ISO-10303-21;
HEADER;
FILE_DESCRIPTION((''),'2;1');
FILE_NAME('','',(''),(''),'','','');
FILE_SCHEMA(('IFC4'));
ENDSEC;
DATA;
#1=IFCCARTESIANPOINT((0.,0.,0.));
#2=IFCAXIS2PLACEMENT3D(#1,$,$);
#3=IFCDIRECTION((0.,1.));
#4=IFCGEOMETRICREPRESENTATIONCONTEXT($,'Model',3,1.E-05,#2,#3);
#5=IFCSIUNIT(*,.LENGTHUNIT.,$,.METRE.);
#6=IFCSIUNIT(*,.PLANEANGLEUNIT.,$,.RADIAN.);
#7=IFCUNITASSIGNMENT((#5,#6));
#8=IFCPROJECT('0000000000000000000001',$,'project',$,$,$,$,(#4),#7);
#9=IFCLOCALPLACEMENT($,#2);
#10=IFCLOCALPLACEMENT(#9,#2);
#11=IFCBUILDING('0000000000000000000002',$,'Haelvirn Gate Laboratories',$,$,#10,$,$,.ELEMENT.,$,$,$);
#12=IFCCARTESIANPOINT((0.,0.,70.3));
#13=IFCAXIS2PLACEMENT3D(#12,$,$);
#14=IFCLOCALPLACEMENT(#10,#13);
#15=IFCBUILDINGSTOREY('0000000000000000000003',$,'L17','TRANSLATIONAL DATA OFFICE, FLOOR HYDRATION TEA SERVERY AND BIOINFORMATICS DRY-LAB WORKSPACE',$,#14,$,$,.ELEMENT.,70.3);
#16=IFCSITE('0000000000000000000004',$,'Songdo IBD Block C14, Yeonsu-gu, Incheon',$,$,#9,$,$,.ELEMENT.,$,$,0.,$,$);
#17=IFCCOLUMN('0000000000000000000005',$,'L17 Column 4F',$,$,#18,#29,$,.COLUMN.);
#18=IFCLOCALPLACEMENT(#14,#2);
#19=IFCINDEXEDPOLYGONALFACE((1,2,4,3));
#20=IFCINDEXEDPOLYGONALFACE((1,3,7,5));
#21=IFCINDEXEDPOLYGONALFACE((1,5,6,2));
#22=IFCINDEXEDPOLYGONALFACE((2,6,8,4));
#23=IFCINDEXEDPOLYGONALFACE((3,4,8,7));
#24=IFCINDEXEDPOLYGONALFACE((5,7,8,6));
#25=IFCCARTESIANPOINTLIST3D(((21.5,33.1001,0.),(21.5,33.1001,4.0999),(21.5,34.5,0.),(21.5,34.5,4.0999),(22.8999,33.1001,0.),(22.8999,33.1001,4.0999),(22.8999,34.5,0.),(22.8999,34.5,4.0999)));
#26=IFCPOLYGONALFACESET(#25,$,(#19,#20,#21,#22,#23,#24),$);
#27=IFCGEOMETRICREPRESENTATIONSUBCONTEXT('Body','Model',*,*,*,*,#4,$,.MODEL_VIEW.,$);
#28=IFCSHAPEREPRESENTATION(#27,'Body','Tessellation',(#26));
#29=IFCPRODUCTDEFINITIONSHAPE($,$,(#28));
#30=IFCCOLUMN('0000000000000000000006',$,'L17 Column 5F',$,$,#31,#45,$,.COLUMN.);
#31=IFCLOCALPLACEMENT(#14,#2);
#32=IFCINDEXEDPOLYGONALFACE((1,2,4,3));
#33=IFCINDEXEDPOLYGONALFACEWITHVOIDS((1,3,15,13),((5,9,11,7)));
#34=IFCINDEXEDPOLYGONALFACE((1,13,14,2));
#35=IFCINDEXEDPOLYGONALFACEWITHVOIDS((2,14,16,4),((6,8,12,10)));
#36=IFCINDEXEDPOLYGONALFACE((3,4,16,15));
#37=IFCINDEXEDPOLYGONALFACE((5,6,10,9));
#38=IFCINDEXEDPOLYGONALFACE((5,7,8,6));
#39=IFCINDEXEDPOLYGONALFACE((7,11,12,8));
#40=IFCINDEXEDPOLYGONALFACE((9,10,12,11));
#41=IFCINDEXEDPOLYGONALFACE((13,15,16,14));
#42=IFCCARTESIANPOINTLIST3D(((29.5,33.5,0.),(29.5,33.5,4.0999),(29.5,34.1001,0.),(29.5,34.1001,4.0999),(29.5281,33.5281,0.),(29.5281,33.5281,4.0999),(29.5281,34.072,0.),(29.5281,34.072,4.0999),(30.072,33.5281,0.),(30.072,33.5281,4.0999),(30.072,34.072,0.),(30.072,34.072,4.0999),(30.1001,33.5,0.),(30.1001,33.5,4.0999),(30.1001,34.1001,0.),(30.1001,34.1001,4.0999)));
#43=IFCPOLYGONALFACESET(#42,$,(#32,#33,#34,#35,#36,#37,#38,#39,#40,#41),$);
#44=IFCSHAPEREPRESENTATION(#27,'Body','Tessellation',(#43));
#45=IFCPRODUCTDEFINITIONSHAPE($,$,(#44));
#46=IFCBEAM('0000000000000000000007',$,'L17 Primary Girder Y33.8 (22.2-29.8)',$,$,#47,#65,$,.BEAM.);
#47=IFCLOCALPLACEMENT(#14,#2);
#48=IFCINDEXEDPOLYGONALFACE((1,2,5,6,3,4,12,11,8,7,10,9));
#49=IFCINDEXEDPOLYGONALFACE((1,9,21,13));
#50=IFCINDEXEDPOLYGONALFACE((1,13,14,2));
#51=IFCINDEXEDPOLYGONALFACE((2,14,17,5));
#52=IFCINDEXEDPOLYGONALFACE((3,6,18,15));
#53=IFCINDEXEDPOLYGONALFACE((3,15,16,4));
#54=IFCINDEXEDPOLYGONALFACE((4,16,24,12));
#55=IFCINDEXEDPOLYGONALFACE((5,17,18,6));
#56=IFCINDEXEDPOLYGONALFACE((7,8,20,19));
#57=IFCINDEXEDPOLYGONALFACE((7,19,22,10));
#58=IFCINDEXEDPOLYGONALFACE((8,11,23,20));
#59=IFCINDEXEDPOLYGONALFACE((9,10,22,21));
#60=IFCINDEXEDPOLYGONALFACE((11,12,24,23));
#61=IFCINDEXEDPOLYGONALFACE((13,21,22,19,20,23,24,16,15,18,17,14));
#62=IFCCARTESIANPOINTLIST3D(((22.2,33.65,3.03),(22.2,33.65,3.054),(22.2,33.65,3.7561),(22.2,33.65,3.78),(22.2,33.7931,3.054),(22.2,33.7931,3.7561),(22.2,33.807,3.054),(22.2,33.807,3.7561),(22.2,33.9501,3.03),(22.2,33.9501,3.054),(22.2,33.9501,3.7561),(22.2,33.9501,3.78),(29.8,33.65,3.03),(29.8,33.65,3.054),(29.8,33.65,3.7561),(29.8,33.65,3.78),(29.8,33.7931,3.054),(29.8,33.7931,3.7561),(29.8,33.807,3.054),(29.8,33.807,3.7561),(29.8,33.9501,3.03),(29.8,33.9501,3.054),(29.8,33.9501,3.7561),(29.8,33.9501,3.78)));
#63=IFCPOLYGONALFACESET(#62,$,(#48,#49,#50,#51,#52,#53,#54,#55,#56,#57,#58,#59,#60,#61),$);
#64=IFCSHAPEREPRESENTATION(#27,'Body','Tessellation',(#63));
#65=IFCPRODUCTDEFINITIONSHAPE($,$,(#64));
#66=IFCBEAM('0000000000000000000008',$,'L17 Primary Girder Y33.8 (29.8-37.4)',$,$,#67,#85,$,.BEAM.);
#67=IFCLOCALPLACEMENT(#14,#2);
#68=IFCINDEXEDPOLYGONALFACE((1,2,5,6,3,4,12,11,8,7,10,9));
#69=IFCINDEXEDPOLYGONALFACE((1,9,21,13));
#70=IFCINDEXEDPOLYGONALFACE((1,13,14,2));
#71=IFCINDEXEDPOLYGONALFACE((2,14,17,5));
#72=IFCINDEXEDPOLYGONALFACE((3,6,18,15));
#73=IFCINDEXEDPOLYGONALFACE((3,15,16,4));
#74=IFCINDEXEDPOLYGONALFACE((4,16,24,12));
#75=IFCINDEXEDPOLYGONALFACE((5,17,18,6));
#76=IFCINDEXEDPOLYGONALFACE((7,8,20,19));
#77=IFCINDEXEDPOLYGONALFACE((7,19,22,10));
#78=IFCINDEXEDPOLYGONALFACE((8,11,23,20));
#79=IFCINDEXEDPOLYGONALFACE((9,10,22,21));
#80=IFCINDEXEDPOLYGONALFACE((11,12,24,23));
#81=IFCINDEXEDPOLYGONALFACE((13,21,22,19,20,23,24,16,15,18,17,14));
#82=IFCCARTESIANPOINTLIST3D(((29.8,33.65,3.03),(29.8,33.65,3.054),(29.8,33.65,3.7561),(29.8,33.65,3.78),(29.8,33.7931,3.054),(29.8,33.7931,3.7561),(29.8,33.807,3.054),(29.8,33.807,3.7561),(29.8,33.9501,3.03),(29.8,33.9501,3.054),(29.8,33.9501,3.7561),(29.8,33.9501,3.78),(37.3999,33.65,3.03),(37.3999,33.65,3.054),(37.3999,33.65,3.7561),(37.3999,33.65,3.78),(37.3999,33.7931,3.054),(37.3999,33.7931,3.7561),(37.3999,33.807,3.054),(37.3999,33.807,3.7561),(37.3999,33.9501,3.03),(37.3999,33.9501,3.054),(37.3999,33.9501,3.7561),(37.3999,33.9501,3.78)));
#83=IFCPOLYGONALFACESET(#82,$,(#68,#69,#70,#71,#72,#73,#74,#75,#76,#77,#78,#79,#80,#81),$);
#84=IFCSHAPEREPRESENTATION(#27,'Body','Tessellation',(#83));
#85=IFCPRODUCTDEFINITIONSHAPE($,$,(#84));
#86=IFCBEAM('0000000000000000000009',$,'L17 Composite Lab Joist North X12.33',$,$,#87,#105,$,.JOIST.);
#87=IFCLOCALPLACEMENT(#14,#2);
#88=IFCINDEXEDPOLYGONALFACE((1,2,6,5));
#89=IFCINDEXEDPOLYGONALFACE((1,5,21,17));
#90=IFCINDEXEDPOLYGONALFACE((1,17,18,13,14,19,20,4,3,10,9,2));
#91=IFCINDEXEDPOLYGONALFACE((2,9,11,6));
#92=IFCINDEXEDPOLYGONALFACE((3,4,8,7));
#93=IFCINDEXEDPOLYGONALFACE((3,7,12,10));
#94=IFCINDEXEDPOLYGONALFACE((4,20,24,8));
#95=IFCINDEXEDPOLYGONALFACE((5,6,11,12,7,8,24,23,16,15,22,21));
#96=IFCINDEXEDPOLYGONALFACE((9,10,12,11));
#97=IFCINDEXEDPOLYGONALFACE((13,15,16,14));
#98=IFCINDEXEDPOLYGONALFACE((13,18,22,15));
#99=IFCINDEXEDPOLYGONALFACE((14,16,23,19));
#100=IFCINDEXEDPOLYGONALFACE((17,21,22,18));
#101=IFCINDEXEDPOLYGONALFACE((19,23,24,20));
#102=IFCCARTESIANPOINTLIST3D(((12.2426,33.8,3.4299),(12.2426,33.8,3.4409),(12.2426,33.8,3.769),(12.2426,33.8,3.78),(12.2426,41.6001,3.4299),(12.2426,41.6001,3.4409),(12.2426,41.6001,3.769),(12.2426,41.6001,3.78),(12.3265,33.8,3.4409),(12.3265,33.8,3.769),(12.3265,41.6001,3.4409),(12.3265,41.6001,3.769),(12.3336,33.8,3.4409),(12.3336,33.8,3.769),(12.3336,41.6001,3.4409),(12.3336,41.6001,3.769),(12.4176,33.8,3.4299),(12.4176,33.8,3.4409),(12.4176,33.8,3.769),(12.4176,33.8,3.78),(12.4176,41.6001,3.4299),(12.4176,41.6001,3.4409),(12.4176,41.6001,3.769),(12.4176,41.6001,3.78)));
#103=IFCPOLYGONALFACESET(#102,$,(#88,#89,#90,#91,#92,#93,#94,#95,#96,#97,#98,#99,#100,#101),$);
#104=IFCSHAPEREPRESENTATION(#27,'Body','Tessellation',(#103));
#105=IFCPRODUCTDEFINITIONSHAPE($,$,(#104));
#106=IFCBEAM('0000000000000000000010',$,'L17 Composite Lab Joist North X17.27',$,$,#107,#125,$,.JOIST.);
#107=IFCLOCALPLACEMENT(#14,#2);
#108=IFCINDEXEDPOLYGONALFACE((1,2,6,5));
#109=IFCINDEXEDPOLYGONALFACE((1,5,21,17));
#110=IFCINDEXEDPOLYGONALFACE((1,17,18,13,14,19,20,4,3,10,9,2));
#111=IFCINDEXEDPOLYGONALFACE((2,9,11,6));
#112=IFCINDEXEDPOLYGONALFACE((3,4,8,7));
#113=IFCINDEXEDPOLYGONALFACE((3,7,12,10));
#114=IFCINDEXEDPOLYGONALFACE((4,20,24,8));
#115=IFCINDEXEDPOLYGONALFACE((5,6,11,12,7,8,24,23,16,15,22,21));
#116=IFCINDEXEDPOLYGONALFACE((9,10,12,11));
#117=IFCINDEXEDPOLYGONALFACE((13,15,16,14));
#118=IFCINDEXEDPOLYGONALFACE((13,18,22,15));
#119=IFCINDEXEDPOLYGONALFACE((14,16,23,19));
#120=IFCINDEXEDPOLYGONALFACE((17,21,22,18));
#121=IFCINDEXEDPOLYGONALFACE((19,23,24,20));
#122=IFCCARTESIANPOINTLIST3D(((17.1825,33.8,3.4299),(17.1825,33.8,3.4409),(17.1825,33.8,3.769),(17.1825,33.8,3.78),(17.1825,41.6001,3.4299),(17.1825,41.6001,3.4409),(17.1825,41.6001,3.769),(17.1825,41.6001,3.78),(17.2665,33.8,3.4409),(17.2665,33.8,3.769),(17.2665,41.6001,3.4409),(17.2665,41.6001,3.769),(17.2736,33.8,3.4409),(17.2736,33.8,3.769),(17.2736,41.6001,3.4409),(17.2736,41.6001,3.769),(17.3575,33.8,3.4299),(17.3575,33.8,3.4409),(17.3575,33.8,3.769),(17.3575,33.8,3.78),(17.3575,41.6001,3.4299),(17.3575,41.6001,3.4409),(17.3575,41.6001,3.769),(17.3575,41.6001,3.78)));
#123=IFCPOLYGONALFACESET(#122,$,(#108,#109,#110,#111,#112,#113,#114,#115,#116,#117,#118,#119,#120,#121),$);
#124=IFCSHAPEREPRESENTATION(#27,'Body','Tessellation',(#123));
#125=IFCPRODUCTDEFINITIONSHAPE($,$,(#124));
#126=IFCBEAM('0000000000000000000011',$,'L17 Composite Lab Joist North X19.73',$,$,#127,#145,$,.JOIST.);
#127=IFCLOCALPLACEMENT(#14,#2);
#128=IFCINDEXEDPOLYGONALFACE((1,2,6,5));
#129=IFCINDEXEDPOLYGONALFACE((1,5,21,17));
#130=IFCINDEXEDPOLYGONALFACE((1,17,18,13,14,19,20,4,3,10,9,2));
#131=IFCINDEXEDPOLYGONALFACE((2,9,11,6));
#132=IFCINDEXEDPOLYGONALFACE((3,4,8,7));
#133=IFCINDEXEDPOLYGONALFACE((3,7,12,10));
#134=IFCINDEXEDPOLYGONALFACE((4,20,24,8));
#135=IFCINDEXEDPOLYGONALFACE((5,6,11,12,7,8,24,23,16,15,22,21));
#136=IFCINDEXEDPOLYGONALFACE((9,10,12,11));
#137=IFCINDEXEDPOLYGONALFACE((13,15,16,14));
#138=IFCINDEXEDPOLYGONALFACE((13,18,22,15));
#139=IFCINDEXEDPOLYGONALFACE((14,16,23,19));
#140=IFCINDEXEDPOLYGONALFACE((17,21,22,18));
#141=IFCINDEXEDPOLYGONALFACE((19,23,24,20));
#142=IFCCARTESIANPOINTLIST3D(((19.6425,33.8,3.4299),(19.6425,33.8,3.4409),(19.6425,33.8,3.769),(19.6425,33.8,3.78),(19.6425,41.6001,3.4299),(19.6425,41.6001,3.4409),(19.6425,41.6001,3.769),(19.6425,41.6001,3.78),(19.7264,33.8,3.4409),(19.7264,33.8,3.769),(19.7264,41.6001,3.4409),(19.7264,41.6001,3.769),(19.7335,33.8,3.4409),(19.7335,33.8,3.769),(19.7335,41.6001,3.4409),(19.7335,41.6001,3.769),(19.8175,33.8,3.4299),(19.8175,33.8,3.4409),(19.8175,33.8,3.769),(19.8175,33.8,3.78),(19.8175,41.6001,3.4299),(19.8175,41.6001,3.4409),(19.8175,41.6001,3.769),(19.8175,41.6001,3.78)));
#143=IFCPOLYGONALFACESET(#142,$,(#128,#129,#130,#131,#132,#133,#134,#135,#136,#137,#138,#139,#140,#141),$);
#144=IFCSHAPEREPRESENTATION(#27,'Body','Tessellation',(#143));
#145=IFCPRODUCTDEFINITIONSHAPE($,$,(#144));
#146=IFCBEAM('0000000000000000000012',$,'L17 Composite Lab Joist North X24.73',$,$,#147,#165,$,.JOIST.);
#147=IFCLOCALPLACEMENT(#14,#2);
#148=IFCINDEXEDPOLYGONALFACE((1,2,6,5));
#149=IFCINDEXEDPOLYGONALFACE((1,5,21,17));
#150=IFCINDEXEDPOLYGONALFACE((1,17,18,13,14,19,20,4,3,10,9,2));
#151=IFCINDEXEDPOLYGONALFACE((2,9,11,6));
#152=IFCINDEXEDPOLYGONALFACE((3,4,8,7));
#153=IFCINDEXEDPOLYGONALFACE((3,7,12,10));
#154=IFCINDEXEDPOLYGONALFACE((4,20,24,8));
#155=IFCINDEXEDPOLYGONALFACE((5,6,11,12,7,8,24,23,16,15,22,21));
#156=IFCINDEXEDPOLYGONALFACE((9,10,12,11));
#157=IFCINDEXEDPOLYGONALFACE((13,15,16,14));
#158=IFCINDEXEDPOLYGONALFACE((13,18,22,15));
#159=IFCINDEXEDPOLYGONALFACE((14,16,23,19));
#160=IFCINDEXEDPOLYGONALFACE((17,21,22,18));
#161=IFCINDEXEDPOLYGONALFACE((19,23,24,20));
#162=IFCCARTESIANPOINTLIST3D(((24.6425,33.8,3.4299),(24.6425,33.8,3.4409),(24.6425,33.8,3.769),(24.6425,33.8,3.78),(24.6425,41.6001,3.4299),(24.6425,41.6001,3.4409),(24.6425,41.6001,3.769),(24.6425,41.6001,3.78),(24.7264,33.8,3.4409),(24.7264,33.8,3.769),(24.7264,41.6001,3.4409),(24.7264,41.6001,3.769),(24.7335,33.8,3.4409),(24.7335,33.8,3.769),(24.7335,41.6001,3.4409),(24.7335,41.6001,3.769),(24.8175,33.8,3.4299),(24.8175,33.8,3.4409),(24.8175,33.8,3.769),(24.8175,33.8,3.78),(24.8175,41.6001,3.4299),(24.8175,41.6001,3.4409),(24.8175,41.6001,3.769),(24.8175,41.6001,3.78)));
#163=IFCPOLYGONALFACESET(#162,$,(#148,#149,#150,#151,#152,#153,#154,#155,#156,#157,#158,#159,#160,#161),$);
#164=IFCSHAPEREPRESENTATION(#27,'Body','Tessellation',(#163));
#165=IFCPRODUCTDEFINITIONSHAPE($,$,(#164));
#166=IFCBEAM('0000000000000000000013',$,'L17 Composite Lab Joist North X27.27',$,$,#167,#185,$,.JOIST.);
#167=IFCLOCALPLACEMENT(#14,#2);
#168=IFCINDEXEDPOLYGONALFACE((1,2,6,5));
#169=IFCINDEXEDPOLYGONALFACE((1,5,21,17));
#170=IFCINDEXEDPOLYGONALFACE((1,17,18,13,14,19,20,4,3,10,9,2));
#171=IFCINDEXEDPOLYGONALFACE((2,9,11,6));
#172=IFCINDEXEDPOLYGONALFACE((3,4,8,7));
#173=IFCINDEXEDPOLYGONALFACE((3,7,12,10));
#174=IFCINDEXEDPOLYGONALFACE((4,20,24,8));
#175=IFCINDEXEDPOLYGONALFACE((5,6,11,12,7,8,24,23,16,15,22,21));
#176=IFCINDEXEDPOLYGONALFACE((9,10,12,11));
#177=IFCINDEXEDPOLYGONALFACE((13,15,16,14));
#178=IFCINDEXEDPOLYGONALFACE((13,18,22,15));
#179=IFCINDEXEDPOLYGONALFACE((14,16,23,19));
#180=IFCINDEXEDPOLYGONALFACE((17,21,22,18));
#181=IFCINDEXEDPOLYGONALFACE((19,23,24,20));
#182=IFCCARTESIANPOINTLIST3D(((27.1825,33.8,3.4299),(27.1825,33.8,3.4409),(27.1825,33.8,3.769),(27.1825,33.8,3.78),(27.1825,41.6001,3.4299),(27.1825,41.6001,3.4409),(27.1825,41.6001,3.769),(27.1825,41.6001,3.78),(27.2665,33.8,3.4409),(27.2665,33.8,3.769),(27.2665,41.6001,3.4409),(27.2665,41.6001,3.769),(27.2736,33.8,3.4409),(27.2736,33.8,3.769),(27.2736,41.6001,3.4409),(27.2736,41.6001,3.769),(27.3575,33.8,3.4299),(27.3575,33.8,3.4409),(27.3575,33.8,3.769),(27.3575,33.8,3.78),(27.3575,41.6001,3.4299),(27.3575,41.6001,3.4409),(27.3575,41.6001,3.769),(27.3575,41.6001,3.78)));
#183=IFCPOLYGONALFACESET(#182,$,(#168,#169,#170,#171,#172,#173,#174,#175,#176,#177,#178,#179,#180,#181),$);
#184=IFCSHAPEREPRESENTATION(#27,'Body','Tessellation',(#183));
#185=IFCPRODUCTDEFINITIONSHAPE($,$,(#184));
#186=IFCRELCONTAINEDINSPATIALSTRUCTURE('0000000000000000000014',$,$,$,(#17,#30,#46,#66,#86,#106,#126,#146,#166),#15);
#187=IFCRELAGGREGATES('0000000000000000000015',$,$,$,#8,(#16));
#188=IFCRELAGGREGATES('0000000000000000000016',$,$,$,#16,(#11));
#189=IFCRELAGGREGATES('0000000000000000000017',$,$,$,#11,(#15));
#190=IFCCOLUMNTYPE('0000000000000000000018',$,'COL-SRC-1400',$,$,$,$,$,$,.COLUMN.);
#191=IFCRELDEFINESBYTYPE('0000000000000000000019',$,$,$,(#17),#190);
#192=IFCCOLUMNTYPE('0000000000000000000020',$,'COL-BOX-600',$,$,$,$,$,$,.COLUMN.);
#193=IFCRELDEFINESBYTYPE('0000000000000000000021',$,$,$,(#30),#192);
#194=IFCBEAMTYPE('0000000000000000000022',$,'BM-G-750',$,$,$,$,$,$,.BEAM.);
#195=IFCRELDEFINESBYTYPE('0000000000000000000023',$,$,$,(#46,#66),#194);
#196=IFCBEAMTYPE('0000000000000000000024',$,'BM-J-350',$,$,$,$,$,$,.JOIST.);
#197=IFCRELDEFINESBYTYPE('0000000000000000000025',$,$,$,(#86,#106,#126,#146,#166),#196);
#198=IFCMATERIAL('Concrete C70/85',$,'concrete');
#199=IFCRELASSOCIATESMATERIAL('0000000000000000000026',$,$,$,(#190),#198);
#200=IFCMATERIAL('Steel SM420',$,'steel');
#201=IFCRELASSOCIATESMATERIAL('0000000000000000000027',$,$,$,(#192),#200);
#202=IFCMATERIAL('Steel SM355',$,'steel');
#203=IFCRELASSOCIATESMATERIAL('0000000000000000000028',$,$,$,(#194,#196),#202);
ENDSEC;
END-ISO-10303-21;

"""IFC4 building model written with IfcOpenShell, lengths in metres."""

from ifc_helpers import new_model, si_unit, direction, frame, origin, origin_2d, place, context, subcontext, project, spatial, rectangle, hollow_rectangle, i_section, extrude, source, transform, mapped, material, material_profile, profile_set, type_object, type_shapes, element, save


model = new_model("IFC4")

# Units and contexts
model_context = context("Model", 3, precision=1e-05, world=origin(), true_north=direction((0.0, 1.0)))
body_context = subcontext(model_context, "Body", "Model", "MODEL_VIEW")
ifc_project = project(units=[si_unit("LENGTHUNIT", "METRE"), si_unit("PLANEANGLEUNIT", "RADIAN")], contexts=[model_context])

# Site, building, storey
site_placement = place(None, origin())
site = spatial("IfcSite", under=ifc_project, at=site_placement, Name="Songdo IBD Block C14, Yeonsu-gu, Incheon", CompositionType="ELEMENT", RefElevation=0.0)
building_placement = place(site_placement, origin())
building = spatial("IfcBuilding", under=site, at=building_placement, Name="Haelvirn Gate Laboratories", CompositionType="ELEMENT")
storey_placement = place(building_placement, frame((0.0, 0.0, 70.3)))
storey = spatial("IfcBuildingStorey", under=building, at=storey_placement, Name="L17", Description="TRANSLATIONAL DATA OFFICE, FLOOR HYDRATION TEA SERVERY AND BIOINFORMATICS DRY-LAB WORKSPACE", CompositionType="ELEMENT", Elevation=70.3)

# Columns
ifc_material_1 = material(Name="Concrete C70/85", Category="concrete")
ifc_material_profile_1 = material_profile(ifc_material_1, rectangle(XDim=1.3999, YDim=1.3999, at=origin_2d()), Name="SRC-1400x1400")
ifc_profile_set_1 = profile_set([ifc_material_profile_1], Name="Concrete C70/85")
column_type_1 = type_object("IfcColumnType", Name="COL-SRC-1400", PredefinedType="COLUMN", material=ifc_profile_set_1)
shared_shape_1 = source(origin(), body_context, "Body", "SweptSolid", [
    extrude(rectangle(XDim=1.3999, YDim=1.3999, at=origin_2d()), origin(), (0.0, 0.0, 1.0), 4.0999),
])
type_shapes(column_type_1, [shared_shape_1])
column_1_placement = place(storey_placement, frame((22.2, 33.8, 0.0), z_axis=(0.0, 0.0, 1.0), x_axis=(1.0, 0.0, 0.0)))
element("IfcColumn", 1, at=column_1_placement, inside=storey, type_object=column_type_1, Name="L17 Column 4F", PredefinedType="COLUMN", context=body_context, shape_type="MappedRepresentation", body=[
    mapped(shared_shape_1, transform((0.0, 0.0, 0.0), scale=1.0)),
])
ifc_material_2 = material(Name="Steel SM420", Category="steel")
ifc_material_profile_2 = material_profile(ifc_material_2, hollow_rectangle(XDim=0.6001, YDim=0.6001, WallThickness=0.0281, at=origin_2d()), Name="BOX-600x600x28")
ifc_profile_set_2 = profile_set([ifc_material_profile_2], Name="Steel SM420")
column_type_2 = type_object("IfcColumnType", Name="COL-BOX-600", PredefinedType="COLUMN", material=ifc_profile_set_2)
shared_shape_2 = source(origin(), body_context, "Body", "SweptSolid", [
    extrude(hollow_rectangle(XDim=0.6001, YDim=0.6001, WallThickness=0.0281, at=origin_2d()), origin(), (0.0, 0.0, 1.0), 4.0999),
])
type_shapes(column_type_2, [shared_shape_2])
column_2_placement = place(storey_placement, frame((29.8, 33.8, 0.0), z_axis=(0.0, 0.0, 1.0), x_axis=(1.0, 0.0, 0.0)))
element("IfcColumn", 2, at=column_2_placement, inside=storey, type_object=column_type_2, Name="L17 Column 5F", PredefinedType="COLUMN", context=body_context, shape_type="MappedRepresentation", body=[
    mapped(shared_shape_2, transform((0.0, 0.0, 0.0), scale=1.0)),
])

# Beams
ifc_material_3 = material(Name="Steel SM355", Category="steel")
ifc_material_profile_3 = material_profile(ifc_material_3, i_section(OverallWidth=0.3, OverallDepth=0.75, WebThickness=0.0139, FlangeThickness=0.0239, at=origin_2d()), Name="H-750x300x14x24")
ifc_profile_set_3 = profile_set([ifc_material_profile_3], Name="Steel SM355")
beam_type_1 = type_object("IfcBeamType", Name="BM-G-750", PredefinedType="BEAM", material=ifc_profile_set_3)
shared_shape_3 = source(origin(), body_context, "Body", "SweptSolid", [
    extrude(i_section(OverallWidth=0.3, OverallDepth=0.75, WebThickness=0.0139, FlangeThickness=0.0239, at=origin_2d()), origin(), (0.0, 0.0, 1.0), 7.6001),
])
beam_1_placement = place(storey_placement, frame((22.2, 33.8, 3.405), z_axis=(1.0, 0.0, 0.0), x_axis=(0.0, 1.0, 0.0)))
element("IfcBeam", 3, at=beam_1_placement, inside=storey, type_object=beam_type_1, Name="L17 Primary Girder Y33.8 (22.2-29.8)", PredefinedType="BEAM", context=body_context, shape_type="MappedRepresentation", body=[
    mapped(shared_shape_3, transform((0.0, 0.0, 0.0), scale=1.0)),
])
shared_shape_4 = source(origin(), body_context, "Body", "SweptSolid", [
    extrude(i_section(OverallWidth=0.3, OverallDepth=0.75, WebThickness=0.0139, FlangeThickness=0.0239, at=origin_2d()), origin(), (0.0, 0.0, 1.0), 7.5999),
])
type_shapes(beam_type_1, [shared_shape_3, shared_shape_4])
beam_2_placement = place(storey_placement, frame((29.8, 33.8, 3.405), z_axis=(1.0, 0.0, 0.0), x_axis=(0.0, 1.0, 0.0)))
element("IfcBeam", 4, at=beam_2_placement, inside=storey, type_object=beam_type_1, Name="L17 Primary Girder Y33.8 (29.8-37.4)", PredefinedType="BEAM", context=body_context, shape_type="MappedRepresentation", body=[
    mapped(shared_shape_4, transform((0.0, 0.0, 0.0), scale=1.0)),
])
ifc_material_profile_4 = material_profile(ifc_material_3, i_section(OverallWidth=0.175, OverallDepth=0.3501, WebThickness=0.0071, FlangeThickness=0.011, at=origin_2d()), Name="H-350x175x7x11")
ifc_profile_set_4 = profile_set([ifc_material_profile_4], Name="Steel SM355")
beam_type_2 = type_object("IfcBeamType", Name="BM-J-350", PredefinedType="JOIST", material=ifc_profile_set_4)
shared_shape_5 = source(origin(), body_context, "Body", "SweptSolid", [
    extrude(i_section(OverallWidth=0.175, OverallDepth=0.3501, WebThickness=0.0071, FlangeThickness=0.011, at=origin_2d()), origin(), (0.0, 0.0, 1.0), 7.8),
])
type_shapes(beam_type_2, [shared_shape_5])
for number, where, z_axis, x_axis, name in (
    (5, (12.3301, 33.8, 3.605), (0.0, 1.0, 0.0), (-1.0, 0.0, 0.0), "L17 Composite Lab Joist North X12.33"),
    (6, (17.27, 33.8, 3.605), (0.0, 1.0, 0.0), (-1.0, 0.0, 0.0), "L17 Composite Lab Joist North X17.27"),
    (7, (19.73, 33.8, 3.605), (0.0, 1.0, 0.0), (-1.0, 0.0, 0.0), "L17 Composite Lab Joist North X19.73"),
    (8, (24.73, 33.8, 3.605), (0.0, 1.0, 0.0), (-1.0, 0.0, 0.0), "L17 Composite Lab Joist North X24.73"),
    (9, (27.27, 33.8, 3.605), (0.0, 1.0, 0.0), (-1.0, 0.0, 0.0), "L17 Composite Lab Joist North X27.27"),
):
    element("IfcBeam", number, at=place(storey_placement, frame(where, z_axis=z_axis, x_axis=x_axis)), inside=storey, type_object=beam_type_2, Name=name, PredefinedType="JOIST", context=body_context, shape_type="MappedRepresentation", body=[
        mapped(shared_shape_5, transform((0.0, 0.0, 0.0), scale=1.0)),
    ])

save(model, "model.ifc")
